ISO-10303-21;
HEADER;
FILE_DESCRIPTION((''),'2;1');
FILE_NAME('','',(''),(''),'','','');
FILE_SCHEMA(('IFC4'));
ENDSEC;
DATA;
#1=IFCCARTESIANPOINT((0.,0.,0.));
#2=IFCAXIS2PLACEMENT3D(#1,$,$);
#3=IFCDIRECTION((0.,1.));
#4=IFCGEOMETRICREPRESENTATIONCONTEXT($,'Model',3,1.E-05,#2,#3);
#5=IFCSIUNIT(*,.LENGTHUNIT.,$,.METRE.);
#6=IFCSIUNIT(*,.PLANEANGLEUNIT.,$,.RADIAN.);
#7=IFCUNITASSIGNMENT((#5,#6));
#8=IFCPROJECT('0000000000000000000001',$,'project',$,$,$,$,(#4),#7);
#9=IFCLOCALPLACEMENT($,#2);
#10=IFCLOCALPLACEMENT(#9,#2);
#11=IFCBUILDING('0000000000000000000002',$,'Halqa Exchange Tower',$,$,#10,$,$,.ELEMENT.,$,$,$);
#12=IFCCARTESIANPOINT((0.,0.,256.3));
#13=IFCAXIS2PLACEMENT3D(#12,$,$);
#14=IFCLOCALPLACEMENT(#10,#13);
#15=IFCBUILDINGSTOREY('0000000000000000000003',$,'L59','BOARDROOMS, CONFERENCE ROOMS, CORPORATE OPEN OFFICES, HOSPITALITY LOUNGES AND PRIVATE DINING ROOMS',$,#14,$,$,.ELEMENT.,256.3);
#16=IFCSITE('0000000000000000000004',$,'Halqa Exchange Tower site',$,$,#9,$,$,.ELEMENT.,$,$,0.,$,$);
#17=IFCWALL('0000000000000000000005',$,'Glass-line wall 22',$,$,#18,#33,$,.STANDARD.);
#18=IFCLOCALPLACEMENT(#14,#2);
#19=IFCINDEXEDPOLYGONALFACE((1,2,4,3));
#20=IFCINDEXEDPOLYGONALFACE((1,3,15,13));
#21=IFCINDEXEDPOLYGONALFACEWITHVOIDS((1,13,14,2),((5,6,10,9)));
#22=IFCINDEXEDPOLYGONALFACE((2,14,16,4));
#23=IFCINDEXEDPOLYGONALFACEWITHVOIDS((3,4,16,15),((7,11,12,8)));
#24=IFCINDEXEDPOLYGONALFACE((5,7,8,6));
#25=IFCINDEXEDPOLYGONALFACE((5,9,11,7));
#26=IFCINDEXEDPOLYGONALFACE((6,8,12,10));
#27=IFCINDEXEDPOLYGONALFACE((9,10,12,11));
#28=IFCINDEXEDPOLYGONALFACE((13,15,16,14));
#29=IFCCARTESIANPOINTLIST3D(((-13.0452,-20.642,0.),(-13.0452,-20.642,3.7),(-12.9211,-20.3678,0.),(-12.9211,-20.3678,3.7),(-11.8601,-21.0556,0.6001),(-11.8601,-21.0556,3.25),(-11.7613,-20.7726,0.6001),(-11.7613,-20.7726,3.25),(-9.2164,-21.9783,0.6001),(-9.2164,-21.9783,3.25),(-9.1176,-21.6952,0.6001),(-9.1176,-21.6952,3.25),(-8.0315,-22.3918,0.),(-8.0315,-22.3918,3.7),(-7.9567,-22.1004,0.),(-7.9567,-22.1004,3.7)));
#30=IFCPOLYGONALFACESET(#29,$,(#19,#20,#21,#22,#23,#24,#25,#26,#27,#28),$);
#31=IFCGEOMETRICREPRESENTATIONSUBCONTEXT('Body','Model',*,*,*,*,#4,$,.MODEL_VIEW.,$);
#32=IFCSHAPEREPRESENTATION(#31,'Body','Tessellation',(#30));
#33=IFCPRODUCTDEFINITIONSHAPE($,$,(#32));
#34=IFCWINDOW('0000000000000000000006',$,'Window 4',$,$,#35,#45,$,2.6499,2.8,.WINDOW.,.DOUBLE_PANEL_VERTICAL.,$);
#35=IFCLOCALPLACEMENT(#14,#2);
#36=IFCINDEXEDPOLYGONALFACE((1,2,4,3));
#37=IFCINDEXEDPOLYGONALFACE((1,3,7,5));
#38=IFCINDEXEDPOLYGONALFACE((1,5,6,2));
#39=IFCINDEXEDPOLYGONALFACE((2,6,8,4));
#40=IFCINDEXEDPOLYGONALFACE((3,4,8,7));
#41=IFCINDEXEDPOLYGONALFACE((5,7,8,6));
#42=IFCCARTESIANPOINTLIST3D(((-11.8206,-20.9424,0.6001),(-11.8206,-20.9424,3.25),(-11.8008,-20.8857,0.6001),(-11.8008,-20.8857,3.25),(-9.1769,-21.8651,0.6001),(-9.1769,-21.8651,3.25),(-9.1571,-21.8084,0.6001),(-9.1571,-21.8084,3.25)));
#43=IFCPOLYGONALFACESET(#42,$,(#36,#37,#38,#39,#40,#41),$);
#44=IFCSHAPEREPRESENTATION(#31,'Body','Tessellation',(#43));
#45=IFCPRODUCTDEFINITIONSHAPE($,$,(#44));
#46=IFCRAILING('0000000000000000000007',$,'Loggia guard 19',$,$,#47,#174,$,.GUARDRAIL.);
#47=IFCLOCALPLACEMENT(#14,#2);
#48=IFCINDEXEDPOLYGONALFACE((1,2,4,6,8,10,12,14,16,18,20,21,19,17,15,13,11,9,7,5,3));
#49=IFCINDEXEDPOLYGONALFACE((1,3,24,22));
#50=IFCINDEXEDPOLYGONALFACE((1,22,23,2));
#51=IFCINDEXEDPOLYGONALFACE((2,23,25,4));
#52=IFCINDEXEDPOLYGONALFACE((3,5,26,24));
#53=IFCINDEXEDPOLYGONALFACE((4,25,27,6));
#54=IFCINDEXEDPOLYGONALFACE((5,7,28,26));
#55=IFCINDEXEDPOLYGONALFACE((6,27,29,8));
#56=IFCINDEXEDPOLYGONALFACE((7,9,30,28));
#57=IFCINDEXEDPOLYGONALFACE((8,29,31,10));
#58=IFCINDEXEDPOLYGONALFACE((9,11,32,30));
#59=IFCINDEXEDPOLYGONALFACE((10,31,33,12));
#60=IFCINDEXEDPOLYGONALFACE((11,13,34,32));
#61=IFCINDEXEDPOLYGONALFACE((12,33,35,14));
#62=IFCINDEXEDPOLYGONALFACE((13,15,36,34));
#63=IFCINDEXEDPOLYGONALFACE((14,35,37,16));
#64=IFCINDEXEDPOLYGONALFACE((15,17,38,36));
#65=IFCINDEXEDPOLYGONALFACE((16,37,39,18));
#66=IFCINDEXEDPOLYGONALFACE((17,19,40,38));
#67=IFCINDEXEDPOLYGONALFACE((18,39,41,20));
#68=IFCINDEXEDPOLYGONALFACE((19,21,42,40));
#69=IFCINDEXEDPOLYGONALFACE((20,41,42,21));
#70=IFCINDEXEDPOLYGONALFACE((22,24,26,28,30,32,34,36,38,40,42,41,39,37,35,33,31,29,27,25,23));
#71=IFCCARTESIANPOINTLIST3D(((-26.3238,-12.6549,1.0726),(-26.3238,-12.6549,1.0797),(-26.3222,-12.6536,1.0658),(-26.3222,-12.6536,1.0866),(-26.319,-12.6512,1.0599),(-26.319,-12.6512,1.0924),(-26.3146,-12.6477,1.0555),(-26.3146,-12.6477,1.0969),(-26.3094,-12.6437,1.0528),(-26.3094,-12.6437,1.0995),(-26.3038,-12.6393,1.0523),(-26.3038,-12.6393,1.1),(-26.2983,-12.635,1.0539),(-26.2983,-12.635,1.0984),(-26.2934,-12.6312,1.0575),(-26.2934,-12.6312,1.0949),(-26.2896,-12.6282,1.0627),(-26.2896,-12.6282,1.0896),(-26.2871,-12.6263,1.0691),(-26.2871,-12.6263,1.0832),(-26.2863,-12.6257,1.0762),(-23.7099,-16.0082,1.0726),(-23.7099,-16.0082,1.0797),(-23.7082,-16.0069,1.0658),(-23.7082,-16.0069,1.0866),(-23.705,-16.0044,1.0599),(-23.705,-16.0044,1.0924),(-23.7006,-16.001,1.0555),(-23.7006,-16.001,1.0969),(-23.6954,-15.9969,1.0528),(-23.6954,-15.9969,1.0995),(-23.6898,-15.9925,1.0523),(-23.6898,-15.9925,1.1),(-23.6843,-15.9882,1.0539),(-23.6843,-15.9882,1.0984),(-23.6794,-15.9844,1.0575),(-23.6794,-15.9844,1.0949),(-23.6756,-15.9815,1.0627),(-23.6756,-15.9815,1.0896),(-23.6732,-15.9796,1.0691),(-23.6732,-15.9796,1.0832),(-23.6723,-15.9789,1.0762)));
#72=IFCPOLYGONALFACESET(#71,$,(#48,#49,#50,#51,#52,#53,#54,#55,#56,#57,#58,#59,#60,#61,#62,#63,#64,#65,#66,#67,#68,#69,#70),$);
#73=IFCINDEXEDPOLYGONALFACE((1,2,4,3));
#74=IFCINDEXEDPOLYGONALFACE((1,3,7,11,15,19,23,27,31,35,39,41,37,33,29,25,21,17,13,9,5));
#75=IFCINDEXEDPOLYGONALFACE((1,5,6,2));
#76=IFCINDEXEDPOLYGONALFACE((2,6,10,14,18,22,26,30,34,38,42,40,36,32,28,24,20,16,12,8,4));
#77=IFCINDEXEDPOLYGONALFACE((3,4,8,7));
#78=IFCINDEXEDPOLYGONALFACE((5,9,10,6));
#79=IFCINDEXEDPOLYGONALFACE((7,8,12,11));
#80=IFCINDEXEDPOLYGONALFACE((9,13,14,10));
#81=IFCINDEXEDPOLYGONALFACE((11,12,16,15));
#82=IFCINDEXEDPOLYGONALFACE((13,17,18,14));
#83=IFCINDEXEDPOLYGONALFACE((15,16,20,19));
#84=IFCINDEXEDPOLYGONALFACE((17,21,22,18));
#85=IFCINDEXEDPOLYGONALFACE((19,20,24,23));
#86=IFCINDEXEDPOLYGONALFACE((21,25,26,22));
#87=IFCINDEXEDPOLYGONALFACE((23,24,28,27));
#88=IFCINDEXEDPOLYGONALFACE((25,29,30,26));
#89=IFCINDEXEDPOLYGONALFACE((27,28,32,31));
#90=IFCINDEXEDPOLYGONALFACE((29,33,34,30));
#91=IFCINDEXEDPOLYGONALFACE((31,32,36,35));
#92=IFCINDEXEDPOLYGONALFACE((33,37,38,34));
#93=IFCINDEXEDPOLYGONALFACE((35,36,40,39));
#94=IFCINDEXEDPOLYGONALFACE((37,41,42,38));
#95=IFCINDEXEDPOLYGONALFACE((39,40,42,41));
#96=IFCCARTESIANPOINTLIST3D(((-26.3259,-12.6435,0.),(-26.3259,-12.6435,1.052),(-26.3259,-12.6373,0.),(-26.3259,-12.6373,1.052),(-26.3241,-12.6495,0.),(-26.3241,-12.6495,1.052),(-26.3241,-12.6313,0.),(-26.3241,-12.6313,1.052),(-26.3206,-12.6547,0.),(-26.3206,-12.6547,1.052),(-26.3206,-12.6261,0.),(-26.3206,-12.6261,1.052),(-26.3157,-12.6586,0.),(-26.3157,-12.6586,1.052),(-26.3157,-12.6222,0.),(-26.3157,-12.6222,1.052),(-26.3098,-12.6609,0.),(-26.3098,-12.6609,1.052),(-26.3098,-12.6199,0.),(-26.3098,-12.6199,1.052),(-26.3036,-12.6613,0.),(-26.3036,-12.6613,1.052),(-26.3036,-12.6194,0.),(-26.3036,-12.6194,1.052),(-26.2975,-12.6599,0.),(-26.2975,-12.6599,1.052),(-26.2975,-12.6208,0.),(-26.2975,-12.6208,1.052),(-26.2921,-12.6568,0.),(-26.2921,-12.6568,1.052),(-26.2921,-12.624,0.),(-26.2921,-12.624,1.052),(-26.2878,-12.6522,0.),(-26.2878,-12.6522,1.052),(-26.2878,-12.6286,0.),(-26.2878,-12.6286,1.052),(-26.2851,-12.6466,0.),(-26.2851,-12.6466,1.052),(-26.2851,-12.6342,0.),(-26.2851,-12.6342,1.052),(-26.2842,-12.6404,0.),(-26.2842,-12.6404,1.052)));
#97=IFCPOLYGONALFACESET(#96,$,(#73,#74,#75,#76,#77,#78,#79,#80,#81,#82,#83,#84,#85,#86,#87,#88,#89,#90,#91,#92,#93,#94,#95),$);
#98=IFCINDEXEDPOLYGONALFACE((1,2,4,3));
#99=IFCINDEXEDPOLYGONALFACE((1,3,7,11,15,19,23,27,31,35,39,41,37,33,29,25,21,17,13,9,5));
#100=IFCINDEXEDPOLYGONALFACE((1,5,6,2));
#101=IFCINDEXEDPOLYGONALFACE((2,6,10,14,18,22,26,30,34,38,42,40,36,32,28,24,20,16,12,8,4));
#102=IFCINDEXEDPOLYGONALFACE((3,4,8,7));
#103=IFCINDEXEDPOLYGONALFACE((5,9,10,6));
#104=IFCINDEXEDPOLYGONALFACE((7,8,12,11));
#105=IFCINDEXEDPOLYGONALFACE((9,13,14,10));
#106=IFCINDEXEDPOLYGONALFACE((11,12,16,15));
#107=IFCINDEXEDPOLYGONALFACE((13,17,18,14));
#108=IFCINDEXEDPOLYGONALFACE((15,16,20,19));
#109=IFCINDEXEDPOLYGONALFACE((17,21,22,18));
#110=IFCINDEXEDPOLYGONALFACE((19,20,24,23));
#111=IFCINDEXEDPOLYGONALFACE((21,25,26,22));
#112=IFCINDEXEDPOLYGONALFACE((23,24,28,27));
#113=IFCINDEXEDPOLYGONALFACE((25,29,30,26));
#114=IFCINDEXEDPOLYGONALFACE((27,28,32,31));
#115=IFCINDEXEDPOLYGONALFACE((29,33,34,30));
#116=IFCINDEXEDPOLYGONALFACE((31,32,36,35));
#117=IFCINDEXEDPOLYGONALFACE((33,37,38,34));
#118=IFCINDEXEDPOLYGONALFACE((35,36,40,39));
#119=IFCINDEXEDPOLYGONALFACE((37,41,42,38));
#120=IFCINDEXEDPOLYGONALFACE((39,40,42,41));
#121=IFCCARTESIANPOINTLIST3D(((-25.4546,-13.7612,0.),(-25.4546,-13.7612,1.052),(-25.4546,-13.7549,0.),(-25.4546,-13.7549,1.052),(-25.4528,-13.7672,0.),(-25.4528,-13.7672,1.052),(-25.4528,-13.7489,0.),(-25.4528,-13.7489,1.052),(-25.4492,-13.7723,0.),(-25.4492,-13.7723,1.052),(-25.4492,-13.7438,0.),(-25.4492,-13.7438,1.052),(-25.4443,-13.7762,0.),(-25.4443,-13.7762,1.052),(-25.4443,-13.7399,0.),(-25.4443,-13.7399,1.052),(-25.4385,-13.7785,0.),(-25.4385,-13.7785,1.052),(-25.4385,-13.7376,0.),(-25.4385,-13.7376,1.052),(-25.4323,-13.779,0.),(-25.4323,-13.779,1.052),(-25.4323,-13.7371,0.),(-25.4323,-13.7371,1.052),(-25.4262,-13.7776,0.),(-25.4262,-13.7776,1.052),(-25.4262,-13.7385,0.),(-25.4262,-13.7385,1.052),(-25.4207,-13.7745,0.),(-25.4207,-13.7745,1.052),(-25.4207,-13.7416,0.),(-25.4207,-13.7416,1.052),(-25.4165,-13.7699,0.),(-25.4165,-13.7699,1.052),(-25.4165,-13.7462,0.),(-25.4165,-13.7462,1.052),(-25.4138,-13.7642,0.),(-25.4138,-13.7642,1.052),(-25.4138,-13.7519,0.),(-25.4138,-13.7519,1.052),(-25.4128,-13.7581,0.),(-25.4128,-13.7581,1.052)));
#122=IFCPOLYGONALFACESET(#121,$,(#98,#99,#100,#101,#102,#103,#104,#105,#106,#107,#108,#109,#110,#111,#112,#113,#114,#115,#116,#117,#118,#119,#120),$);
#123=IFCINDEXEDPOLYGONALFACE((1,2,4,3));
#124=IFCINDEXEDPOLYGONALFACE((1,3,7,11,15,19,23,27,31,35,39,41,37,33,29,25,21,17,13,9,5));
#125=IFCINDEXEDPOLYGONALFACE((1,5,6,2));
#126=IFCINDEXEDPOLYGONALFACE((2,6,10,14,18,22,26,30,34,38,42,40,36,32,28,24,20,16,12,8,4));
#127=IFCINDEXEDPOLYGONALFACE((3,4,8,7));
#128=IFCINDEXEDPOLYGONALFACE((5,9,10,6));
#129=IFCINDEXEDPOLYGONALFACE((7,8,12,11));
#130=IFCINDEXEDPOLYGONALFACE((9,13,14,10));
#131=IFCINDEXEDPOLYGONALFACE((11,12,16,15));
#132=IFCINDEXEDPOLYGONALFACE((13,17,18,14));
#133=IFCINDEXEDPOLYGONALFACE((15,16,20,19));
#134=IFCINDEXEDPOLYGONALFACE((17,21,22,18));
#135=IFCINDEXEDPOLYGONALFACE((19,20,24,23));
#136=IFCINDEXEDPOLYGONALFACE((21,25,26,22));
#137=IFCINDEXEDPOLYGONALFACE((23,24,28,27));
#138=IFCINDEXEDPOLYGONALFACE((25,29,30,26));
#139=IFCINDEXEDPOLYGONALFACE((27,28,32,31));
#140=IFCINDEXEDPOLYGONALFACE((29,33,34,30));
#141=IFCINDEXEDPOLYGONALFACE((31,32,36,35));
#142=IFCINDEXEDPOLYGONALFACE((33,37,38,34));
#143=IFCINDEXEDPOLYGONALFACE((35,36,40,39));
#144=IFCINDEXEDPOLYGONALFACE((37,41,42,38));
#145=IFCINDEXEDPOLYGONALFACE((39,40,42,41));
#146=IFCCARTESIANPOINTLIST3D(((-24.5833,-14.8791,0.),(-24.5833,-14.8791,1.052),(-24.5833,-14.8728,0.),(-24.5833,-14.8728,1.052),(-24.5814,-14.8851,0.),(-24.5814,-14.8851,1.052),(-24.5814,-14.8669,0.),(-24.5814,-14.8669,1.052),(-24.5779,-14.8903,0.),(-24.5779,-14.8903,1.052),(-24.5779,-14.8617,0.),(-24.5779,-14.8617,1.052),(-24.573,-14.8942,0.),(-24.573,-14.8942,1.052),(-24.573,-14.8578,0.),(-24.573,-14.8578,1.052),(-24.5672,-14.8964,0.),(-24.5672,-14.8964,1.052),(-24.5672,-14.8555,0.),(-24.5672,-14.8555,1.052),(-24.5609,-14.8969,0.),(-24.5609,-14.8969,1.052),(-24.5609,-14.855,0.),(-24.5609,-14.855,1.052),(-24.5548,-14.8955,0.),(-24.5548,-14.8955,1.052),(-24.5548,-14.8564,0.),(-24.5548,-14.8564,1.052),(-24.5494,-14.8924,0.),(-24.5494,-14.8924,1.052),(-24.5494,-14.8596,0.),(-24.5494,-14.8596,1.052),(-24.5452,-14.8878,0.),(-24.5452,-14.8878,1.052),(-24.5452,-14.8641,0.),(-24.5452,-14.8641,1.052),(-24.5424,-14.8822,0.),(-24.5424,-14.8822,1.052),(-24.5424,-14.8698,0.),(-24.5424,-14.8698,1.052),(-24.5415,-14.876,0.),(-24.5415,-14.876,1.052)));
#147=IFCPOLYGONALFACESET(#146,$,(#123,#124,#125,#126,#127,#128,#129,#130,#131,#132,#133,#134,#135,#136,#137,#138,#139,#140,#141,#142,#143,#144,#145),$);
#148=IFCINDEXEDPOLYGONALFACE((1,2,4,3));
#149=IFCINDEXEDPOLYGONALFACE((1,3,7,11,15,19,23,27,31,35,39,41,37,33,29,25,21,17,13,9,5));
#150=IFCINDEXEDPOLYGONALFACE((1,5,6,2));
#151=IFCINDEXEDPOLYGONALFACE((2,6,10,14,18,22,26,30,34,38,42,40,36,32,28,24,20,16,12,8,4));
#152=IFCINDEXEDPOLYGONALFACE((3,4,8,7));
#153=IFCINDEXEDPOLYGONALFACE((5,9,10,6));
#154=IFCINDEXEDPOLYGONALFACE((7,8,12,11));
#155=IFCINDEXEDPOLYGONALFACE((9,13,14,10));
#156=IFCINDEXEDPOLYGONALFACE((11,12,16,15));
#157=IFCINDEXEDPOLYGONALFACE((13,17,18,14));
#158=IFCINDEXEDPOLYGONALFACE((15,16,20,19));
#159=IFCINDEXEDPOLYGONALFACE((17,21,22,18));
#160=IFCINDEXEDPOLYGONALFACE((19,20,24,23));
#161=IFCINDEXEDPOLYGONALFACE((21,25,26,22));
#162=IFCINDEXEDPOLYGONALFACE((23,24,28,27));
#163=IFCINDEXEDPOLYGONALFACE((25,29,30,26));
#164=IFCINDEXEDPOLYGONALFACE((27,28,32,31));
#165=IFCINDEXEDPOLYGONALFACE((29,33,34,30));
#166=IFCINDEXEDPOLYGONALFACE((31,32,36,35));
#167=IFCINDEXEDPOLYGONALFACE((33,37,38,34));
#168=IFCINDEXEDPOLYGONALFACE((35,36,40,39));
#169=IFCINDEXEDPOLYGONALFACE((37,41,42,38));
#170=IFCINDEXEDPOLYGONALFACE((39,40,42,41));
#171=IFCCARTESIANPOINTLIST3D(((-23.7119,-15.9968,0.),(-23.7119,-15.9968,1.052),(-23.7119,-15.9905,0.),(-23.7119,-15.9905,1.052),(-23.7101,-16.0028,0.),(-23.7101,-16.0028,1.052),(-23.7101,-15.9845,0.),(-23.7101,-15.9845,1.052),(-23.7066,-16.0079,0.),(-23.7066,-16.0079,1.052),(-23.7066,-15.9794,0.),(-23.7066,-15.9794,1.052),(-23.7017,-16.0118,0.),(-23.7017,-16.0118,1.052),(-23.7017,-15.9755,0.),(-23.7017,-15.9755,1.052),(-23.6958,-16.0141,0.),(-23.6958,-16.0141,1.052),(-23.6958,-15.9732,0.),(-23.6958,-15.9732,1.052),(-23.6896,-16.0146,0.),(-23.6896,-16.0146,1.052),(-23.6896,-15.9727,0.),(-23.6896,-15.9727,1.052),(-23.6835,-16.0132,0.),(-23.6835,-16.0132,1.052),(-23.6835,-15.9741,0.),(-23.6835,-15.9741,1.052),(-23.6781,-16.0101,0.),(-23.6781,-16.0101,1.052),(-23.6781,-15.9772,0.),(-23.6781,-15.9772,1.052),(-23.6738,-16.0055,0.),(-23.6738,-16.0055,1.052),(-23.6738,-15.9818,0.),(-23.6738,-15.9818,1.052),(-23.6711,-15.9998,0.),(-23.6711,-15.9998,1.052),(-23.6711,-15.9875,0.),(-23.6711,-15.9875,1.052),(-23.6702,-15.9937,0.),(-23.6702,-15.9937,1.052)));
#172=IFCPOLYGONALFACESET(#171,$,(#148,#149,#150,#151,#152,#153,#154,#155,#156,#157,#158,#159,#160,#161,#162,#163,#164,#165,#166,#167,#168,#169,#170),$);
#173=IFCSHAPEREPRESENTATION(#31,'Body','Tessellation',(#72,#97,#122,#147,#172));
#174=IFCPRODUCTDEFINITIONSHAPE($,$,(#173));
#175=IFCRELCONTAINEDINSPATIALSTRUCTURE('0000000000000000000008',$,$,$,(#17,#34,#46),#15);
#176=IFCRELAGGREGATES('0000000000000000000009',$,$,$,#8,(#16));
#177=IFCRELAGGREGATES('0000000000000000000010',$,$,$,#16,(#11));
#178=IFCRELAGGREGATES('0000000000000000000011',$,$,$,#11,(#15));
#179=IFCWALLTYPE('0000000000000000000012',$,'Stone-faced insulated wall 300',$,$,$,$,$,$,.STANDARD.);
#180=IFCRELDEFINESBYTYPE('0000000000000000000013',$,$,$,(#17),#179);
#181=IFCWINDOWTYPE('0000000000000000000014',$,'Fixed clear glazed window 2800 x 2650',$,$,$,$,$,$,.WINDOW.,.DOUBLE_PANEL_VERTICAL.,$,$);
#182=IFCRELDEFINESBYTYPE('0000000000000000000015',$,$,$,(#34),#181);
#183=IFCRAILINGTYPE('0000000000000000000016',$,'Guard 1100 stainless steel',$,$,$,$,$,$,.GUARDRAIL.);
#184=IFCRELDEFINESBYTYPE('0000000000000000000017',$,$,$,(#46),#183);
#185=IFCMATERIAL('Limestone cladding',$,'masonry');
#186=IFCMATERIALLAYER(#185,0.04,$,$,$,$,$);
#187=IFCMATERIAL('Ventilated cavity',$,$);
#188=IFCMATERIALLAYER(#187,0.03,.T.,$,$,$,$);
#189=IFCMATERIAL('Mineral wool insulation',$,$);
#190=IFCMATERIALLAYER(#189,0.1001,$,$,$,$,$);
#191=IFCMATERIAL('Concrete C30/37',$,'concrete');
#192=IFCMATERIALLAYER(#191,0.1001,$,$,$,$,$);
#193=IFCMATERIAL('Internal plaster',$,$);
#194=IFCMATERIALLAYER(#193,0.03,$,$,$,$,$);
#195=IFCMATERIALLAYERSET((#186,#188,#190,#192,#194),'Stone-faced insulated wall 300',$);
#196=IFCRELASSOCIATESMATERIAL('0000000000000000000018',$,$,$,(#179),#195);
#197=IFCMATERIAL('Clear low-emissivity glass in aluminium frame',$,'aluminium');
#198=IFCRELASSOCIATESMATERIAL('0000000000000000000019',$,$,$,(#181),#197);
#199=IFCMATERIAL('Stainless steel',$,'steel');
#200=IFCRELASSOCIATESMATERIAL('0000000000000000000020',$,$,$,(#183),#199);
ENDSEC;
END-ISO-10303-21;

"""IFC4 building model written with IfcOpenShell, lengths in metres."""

from ifc_helpers import new_model, si_unit, direction, frame, frame_2d, origin, origin_2d, place, context, subcontext, project, spatial, polyline, rectangle, circle, outline, extrude, material, layer, layer_set, type_object, element, fill, save


model = new_model("IFC4")

# Units and contexts
model_context = context("Model", 3, precision=1e-05, world=origin(), true_north=direction((0.0, 1.0)))
body_context = subcontext(model_context, "Body", "Model", "MODEL_VIEW")
ifc_project = project(units=[si_unit("LENGTHUNIT", "METRE"), si_unit("PLANEANGLEUNIT", "RADIAN")], contexts=[model_context])

# Site, building, storey
site_placement = place(None, origin())
site = spatial("IfcSite", under=ifc_project, at=site_placement, Name="Halqa Exchange Tower site", CompositionType="ELEMENT", RefElevation=0.0)
building_placement = place(site_placement, origin())
building = spatial("IfcBuilding", under=site, at=building_placement, Name="Halqa Exchange Tower", CompositionType="ELEMENT")
storey_placement = place(building_placement, frame((0.0, 0.0, 256.3)))
storey = spatial("IfcBuildingStorey", under=building, at=storey_placement, Name="L59", Description="BOARDROOMS, CONFERENCE ROOMS, CORPORATE OPEN OFFICES, HOSPITALITY LOUNGES AND PRIVATE DINING ROOMS", CompositionType="ELEMENT", Elevation=256.3)

# Shared definitions
ifc_material_1 = material(Name="Limestone cladding", Category="masonry")
ifc_layer_1 = layer(ifc_material_1, 0.04)
ifc_material_2 = material(Name="Ventilated cavity")
ifc_layer_2 = layer(ifc_material_2, 0.03, ventilated=True)
ifc_material_3 = material(Name="Mineral wool insulation")
ifc_layer_3 = layer(ifc_material_3, 0.1001)
ifc_material_4 = material(Name="Concrete C30/37", Category="concrete")
ifc_layer_4 = layer(ifc_material_4, 0.1001)
ifc_material_5 = material(Name="Internal plaster")
ifc_layer_5 = layer(ifc_material_5, 0.03)
ifc_layer_set_1 = layer_set([ifc_layer_1, ifc_layer_2, ifc_layer_3, ifc_layer_4, ifc_layer_5], Name="Stone-faced insulated wall 300")
wall_type_1 = type_object("IfcWallType", Name="Stone-faced insulated wall 300", PredefinedType="STANDARD", material=ifc_layer_set_1)
ifc_material_6 = material(Name="Clear low-emissivity glass in aluminium frame", Category="aluminium")

# Wall, opening, window
window_type = type_object("IfcWindowType", Name="Fixed clear glazed window 2800 x 2650", PartitioningType="DOUBLE_PANEL_VERTICAL", PredefinedType="WINDOW", material=ifc_material_6)
wall_1_placement = place(storey_placement, frame((-12.9832, -20.5049, 0.0), z_axis=(0.0, 0.0, 1.0), x_axis=(0.94415, -0.329517, 0.0)))
wall_1 = element("IfcWall", 1, at=wall_1_placement, inside=storey, type_object=wall_type_1, Name="Glass-line wall 22", PredefinedType="STANDARD", context=body_context, shape_type="SweptSolid", body=[
    extrude(outline(polyline([(-0.0134, -0.1499), (5.2969, -0.1499), (5.2715, 0.1499), (0.0134, 0.1499), (-0.0134, -0.1499)])), origin(), (0.0, 0.0, 1.0), 3.7),
])
opening_1_placement = place(wall_1_placement, frame((1.2419, 0.0, 0.6001)))
opening_1 = element("IfcOpeningElement", 2, at=opening_1_placement, cuts=wall_1, PredefinedType="OPENING", context=body_context, shape_type="SweptSolid", body=[
    extrude(rectangle(XDim=2.8, YDim=2.6499, at=frame_2d((1.3999, 1.325))), frame((0.0, 0.1621, 0.0), z_axis=(0.0, -1.0, 0.0), x_axis=(1.0, 0.0, 0.0)), (0.0, 0.0, 1.0), 0.324),
])
window_1_placement = place(opening_1_placement, origin())
window_1 = element("IfcWindow", 3, at=window_1_placement, inside=storey, type_object=window_type, Name="Window 4", OverallHeight=2.6499, OverallWidth=2.8, PartitioningType="DOUBLE_PANEL_VERTICAL", PredefinedType="WINDOW", context=body_context, shape_type="SweptSolid", body=[
    extrude(rectangle(XDim=2.8, YDim=2.6499, at=frame_2d((1.3999, 1.325))), frame((0.0, 0.03, 0.0), z_axis=(0.0, -1.0, 0.0), x_axis=(1.0, 0.0, 0.0)), (0.0, 0.0, 1.0), 0.0601),
])
fill(opening_1, window_1)

# Railing
ifc_material_7 = material(Name="Stainless steel", Category="steel")
railing_type = type_object("IfcRailingType", Name="Guard 1100 stainless steel", PredefinedType="GUARDRAIL", material=ifc_material_7)
railing_1_placement = place(storey_placement, frame((-26.3052, -12.6404, 0.0)))
element("IfcRailing", 4, at=railing_1_placement, inside=storey, type_object=railing_type, Name="Loggia guard 19", PredefinedType="GUARDRAIL", context=body_context, shape_type="SweptSolid", body=[
    extrude(circle(Radius=0.0239, at=origin_2d()), frame((0.0, 0.0, 1.0762), z_axis=(0.614807, -0.788678, 0.0), x_axis=(0.788678, 0.614807, 0.0)), (0.0, 0.0, 1.0), 4.2517),
    extrude(circle(Radius=0.021, at=origin_2d()), origin(), (0.0, 0.0, 1.0), 1.052),
    extrude(circle(Radius=0.021, at=origin_2d()), frame((0.8713, -1.1177, 0.0)), (0.0, 0.0, 1.0), 1.052),
    extrude(circle(Radius=0.021, at=origin_2d()), frame((1.7427, -2.2356, 0.0)), (0.0, 0.0, 1.0), 1.052),
    extrude(circle(Radius=0.021, at=origin_2d()), frame((2.614, -3.3533, 0.0)), (0.0, 0.0, 1.0), 1.052),
])

save(model, "model.ifc")
